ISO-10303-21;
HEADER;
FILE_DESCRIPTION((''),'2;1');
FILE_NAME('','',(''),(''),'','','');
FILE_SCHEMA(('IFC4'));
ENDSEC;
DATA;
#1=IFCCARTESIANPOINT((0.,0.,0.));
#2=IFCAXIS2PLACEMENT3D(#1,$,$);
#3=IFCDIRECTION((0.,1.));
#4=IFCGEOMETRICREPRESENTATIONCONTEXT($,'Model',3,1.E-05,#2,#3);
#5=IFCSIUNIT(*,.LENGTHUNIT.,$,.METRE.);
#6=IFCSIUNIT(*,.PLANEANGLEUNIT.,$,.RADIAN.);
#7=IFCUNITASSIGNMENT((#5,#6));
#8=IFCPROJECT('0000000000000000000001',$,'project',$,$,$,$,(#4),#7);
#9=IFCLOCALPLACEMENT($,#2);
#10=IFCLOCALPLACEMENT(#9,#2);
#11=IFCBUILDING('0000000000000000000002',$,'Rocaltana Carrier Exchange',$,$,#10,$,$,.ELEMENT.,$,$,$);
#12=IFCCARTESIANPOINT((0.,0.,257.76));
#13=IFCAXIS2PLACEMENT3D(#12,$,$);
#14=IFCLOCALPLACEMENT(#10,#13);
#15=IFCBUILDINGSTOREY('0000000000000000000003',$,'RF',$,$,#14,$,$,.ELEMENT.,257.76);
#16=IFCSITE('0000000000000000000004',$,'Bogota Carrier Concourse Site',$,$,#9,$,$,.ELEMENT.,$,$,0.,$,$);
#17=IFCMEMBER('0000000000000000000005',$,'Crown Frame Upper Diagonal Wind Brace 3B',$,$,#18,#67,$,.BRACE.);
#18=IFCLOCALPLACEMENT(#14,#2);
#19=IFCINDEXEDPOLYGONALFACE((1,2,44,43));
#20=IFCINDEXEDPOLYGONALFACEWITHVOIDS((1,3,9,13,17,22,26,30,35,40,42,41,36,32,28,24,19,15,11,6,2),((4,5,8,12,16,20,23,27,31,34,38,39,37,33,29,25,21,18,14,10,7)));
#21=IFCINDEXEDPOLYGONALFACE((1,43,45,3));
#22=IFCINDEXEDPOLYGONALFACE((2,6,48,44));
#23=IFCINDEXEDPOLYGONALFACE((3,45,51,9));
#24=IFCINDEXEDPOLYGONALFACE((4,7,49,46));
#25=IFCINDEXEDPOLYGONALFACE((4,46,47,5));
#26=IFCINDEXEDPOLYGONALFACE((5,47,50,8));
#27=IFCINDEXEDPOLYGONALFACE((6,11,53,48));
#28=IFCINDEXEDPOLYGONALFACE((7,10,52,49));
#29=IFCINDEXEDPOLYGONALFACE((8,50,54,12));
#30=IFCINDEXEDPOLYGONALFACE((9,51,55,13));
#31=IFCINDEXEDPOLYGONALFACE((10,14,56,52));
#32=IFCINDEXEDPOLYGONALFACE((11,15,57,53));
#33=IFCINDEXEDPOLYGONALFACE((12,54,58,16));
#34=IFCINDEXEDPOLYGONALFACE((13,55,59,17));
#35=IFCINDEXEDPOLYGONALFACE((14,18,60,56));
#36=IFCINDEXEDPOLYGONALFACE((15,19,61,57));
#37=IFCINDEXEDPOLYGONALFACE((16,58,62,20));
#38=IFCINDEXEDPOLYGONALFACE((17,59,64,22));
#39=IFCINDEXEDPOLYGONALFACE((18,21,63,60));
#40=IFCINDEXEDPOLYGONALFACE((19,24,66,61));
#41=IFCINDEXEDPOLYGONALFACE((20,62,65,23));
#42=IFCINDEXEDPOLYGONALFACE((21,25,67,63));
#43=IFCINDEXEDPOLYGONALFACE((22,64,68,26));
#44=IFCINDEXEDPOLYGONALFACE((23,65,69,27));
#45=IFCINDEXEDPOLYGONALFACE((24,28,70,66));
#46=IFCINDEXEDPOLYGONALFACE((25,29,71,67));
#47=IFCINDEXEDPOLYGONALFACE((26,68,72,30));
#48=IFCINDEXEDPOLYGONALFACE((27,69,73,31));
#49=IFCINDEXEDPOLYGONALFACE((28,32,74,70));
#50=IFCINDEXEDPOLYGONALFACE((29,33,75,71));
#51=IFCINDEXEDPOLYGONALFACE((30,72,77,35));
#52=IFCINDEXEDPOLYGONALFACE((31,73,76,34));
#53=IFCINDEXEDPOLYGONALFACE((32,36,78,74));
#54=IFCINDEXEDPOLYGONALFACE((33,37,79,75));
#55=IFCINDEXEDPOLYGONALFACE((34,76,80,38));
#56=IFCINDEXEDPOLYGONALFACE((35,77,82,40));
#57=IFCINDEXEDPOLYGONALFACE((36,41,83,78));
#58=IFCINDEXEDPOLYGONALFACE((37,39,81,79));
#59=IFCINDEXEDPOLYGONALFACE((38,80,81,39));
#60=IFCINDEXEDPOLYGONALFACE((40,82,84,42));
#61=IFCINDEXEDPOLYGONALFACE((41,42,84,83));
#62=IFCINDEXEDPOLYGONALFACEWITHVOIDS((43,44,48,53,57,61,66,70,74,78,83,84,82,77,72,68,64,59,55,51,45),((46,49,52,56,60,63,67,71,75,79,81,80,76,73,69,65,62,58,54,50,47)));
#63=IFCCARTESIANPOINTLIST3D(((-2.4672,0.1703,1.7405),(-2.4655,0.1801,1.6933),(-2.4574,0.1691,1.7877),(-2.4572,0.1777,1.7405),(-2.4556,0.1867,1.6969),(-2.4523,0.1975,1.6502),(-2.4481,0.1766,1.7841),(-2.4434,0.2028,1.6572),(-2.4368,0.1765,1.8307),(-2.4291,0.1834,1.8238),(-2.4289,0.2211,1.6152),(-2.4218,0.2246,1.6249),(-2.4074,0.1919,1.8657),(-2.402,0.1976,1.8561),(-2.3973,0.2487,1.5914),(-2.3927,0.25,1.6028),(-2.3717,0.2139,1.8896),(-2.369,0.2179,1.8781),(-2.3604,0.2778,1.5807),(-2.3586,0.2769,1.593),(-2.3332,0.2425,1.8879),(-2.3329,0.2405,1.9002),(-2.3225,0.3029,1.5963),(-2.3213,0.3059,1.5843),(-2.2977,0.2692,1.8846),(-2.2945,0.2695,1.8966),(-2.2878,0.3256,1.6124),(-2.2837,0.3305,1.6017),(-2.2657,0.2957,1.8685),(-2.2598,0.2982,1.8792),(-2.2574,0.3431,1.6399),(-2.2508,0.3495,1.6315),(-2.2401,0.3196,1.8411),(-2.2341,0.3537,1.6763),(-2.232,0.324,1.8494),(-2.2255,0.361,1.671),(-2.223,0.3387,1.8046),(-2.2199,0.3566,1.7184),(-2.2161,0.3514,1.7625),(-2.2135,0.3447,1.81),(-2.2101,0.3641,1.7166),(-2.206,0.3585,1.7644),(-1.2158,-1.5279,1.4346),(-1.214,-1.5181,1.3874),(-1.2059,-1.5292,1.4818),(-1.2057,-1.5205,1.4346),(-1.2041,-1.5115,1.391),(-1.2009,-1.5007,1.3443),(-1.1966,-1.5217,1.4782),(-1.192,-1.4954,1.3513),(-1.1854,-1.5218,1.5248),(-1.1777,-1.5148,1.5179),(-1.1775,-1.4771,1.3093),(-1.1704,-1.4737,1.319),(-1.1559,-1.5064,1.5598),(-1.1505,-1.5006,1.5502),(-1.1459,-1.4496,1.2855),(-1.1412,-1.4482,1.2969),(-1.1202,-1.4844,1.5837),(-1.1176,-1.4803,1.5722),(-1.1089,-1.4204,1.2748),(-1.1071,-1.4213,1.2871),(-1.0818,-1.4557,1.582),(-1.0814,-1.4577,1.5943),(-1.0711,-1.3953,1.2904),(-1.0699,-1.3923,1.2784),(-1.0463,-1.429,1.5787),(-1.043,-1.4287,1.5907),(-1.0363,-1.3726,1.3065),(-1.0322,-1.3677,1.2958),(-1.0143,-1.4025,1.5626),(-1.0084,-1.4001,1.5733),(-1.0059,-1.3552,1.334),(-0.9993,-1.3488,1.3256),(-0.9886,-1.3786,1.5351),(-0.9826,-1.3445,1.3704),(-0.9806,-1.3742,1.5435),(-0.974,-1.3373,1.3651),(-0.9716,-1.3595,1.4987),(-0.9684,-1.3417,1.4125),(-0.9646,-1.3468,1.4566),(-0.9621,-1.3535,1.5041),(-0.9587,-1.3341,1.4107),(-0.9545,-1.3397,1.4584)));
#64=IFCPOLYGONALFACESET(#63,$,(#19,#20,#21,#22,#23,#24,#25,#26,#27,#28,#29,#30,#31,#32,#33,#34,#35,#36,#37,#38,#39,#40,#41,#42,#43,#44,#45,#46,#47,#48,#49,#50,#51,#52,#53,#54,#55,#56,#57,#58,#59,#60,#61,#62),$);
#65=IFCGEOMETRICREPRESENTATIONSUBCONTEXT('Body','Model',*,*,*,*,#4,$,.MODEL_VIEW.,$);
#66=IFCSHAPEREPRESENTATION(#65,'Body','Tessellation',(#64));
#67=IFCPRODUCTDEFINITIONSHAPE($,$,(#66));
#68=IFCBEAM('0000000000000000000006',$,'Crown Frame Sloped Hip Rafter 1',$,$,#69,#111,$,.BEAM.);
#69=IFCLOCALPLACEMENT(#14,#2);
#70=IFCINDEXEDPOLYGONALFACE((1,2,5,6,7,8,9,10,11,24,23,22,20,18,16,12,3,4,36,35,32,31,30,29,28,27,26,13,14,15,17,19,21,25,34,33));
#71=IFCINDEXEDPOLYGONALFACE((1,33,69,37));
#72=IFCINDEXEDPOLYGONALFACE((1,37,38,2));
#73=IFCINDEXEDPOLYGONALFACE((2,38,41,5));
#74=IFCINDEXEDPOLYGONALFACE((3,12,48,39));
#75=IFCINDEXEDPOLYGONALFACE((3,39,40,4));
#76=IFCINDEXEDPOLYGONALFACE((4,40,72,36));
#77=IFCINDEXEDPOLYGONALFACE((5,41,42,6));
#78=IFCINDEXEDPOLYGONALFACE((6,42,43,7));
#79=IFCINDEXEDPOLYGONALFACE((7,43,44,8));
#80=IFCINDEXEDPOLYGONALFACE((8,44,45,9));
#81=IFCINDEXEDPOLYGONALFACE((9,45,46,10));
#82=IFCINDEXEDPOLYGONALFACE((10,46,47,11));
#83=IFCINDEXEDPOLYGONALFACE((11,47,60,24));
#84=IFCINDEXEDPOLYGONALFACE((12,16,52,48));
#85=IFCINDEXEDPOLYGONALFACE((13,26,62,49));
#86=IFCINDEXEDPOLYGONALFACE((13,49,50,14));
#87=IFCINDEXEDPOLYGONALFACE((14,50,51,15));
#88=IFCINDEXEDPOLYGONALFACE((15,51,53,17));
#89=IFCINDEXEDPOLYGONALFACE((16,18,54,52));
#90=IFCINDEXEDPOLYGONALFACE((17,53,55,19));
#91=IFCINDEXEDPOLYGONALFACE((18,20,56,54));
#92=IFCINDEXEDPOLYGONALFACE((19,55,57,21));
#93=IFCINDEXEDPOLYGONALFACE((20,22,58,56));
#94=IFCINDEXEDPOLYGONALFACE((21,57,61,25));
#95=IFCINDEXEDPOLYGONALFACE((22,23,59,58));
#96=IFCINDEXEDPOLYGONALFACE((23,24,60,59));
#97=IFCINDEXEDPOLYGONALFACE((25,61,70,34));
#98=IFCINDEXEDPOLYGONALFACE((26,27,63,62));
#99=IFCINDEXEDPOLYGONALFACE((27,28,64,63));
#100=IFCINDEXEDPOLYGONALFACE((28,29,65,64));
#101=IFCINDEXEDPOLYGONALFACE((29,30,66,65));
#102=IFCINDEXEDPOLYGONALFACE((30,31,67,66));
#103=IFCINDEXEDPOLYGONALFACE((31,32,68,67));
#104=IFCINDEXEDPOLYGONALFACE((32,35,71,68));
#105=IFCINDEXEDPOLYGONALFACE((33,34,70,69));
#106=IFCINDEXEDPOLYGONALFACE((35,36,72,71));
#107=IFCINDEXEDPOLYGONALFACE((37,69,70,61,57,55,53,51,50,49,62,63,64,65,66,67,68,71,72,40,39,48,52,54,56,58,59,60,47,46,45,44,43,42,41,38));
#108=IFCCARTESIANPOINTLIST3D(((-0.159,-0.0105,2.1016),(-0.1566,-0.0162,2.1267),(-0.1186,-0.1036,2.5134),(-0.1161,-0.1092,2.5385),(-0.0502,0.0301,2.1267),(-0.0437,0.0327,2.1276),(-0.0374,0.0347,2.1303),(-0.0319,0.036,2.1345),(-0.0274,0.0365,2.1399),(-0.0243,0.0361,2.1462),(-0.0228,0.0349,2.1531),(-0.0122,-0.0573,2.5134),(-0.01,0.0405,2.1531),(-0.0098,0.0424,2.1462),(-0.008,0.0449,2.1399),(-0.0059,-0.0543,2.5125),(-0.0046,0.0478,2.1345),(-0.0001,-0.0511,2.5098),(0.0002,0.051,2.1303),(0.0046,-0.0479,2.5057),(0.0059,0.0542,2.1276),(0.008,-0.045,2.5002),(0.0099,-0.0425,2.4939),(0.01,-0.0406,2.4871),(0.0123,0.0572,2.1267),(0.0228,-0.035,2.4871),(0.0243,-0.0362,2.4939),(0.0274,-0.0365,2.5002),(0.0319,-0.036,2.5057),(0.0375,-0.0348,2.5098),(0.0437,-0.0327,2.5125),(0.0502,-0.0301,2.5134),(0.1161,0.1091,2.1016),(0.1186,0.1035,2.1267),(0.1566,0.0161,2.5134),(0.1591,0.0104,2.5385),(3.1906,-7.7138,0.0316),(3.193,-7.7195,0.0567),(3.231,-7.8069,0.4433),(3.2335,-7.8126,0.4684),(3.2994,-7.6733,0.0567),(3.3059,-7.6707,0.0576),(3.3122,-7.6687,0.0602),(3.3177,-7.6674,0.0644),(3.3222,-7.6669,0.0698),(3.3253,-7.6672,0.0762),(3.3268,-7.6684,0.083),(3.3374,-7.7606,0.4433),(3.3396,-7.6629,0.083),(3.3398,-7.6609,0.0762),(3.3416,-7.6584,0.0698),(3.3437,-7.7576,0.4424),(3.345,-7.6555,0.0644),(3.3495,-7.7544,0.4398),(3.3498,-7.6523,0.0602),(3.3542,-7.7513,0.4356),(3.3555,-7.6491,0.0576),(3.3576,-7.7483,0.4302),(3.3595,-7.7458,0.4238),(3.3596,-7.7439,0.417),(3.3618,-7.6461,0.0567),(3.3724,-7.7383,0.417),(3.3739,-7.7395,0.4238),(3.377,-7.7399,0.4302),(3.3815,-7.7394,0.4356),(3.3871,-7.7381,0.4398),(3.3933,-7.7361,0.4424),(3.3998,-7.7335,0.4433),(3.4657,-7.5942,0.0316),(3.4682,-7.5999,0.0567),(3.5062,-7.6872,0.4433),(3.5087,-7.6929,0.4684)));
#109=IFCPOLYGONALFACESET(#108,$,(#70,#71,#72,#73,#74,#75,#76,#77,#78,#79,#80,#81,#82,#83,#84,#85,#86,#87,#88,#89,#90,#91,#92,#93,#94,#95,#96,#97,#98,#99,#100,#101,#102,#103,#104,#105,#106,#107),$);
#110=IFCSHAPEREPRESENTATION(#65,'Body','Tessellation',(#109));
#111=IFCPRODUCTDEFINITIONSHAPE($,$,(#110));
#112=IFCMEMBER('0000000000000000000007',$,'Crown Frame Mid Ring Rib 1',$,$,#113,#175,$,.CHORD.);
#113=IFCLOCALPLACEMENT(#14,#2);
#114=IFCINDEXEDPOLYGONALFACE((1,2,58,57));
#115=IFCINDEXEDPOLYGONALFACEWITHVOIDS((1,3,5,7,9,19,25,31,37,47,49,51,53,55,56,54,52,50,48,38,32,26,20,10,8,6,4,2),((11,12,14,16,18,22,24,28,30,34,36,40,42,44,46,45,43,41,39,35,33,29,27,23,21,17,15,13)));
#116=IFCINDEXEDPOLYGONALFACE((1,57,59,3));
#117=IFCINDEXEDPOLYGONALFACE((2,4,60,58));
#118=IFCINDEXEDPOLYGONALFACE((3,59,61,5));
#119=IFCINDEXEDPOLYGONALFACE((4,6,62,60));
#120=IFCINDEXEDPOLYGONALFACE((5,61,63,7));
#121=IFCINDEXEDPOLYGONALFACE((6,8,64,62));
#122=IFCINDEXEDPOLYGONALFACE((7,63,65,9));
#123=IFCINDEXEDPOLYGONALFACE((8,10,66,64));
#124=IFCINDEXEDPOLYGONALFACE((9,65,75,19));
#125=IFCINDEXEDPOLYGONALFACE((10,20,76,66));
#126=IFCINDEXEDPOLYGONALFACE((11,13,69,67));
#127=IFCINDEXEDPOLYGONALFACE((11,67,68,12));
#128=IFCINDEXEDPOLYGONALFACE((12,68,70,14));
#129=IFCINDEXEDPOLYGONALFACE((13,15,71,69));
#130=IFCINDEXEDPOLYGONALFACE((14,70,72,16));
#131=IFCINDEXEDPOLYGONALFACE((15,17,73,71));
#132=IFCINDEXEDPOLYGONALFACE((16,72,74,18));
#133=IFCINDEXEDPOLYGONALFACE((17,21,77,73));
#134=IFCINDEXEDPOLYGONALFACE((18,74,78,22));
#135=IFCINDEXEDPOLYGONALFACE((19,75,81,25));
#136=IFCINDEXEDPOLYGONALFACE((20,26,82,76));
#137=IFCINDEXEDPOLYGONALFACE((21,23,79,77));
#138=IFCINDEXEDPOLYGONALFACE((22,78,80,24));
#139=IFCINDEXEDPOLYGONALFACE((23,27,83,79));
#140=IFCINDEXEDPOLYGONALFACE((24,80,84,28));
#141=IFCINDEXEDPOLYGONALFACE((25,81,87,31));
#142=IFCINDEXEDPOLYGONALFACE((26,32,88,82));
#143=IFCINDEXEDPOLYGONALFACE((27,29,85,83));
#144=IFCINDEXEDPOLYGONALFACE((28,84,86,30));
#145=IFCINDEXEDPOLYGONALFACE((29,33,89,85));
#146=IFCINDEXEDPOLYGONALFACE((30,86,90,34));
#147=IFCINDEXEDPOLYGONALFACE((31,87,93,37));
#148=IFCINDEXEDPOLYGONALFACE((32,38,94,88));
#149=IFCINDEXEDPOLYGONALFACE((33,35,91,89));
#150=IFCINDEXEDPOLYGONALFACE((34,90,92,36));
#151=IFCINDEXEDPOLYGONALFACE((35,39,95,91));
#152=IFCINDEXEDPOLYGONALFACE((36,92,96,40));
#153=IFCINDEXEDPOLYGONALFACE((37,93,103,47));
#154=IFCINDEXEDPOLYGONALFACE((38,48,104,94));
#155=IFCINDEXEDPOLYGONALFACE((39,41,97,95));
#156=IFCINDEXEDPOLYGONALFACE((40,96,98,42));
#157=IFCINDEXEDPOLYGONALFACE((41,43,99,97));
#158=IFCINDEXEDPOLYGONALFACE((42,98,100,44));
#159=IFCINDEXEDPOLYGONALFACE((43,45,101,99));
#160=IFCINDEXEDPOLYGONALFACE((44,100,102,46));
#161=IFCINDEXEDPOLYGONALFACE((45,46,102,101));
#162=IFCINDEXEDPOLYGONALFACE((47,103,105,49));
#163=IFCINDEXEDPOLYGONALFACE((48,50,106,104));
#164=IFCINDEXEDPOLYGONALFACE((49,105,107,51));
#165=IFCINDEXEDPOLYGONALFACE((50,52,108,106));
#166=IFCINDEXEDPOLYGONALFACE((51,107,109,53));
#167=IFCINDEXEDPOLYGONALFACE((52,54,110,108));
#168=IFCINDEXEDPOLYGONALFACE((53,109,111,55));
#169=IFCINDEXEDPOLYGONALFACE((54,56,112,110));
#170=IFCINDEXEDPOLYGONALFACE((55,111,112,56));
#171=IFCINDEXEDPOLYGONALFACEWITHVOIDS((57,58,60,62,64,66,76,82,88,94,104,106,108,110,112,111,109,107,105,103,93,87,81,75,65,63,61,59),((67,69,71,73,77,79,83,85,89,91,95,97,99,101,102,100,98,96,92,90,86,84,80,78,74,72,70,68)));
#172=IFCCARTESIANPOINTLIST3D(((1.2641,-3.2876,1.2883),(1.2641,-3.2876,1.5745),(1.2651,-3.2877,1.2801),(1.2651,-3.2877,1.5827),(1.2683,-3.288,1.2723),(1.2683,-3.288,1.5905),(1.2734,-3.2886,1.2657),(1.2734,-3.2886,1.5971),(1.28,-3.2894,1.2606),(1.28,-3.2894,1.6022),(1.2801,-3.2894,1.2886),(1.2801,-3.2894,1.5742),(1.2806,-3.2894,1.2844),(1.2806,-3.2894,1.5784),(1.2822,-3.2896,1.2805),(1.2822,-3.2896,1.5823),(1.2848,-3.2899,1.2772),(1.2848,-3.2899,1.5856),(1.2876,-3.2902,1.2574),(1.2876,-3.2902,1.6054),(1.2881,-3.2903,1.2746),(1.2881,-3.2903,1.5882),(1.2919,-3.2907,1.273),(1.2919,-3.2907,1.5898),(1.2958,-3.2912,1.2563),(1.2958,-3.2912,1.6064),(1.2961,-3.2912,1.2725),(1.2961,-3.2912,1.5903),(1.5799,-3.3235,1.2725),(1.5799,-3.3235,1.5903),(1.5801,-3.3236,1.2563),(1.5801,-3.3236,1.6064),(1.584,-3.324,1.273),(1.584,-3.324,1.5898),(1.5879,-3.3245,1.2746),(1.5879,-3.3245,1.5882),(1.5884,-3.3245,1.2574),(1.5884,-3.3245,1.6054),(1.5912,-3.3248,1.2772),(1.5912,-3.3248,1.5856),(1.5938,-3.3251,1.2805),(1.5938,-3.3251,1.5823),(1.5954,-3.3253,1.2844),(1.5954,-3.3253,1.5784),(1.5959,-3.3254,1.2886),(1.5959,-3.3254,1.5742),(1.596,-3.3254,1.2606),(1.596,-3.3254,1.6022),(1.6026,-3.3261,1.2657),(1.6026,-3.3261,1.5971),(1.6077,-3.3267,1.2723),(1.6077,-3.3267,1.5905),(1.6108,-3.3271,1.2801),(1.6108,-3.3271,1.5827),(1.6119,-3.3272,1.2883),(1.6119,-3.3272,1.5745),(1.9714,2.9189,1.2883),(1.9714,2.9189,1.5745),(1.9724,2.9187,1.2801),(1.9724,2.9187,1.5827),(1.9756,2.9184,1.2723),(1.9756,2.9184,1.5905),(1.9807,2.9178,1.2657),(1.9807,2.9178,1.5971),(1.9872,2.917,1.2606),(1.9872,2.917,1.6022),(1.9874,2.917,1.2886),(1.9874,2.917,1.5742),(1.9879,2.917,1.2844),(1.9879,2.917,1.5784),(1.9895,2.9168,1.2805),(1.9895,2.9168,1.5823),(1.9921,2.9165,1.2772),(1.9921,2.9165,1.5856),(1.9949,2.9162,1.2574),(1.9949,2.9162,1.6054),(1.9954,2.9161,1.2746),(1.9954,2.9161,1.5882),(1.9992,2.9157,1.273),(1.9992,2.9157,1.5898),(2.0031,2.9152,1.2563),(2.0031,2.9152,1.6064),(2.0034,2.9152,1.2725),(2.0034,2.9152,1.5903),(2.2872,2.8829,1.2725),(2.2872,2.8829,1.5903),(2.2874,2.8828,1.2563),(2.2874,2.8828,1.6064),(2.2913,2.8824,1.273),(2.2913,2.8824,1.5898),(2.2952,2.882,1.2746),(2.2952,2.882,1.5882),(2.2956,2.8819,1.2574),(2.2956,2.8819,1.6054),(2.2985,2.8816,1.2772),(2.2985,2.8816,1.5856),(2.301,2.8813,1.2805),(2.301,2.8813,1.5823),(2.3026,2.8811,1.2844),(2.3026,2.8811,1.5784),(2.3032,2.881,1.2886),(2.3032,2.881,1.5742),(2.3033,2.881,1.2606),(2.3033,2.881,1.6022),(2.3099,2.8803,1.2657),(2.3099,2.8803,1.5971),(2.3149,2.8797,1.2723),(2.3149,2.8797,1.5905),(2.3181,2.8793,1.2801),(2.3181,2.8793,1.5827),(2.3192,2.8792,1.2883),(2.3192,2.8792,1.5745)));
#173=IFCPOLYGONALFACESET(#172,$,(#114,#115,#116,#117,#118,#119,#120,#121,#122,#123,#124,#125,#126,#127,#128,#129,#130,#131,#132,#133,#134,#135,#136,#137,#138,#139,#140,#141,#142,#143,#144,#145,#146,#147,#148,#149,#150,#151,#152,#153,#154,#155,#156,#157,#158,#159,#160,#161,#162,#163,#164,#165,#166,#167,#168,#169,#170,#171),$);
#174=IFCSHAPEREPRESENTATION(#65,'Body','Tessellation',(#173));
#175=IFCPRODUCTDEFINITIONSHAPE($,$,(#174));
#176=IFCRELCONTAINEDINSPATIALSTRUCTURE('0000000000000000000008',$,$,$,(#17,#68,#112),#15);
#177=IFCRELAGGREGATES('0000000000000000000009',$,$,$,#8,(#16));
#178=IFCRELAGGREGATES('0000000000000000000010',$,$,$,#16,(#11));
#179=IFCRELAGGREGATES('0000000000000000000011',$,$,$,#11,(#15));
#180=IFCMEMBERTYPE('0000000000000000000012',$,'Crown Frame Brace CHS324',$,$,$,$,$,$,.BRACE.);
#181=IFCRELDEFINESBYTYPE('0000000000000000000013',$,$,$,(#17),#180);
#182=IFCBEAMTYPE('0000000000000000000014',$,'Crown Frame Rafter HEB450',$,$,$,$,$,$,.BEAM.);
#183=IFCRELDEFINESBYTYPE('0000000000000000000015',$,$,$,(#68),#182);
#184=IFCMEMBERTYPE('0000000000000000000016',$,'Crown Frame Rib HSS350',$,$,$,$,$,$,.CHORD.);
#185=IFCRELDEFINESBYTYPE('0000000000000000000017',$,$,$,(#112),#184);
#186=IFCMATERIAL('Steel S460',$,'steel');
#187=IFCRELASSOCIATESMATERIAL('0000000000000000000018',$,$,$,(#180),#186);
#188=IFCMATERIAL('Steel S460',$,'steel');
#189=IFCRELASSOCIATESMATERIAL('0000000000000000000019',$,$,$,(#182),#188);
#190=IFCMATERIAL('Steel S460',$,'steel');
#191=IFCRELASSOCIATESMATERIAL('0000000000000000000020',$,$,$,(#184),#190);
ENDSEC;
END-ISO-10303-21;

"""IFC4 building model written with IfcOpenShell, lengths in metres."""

from ifc_helpers import new_model, si_unit, direction, frame, origin, origin_2d, place, context, subcontext, project, spatial, hollow_rectangle, hollow_circle, i_section, extrude, material, material_profile, profile_set, type_object, element, save


model = new_model("IFC4")

# Units and contexts
model_context = context("Model", 3, precision=1e-05, world=origin(), true_north=direction((0.0, 1.0)))
body_context = subcontext(model_context, "Body", "Model", "MODEL_VIEW")
ifc_project = project(units=[si_unit("LENGTHUNIT", "METRE"), si_unit("PLANEANGLEUNIT", "RADIAN")], contexts=[model_context])

# Site, building, storey
site_placement = place(None, origin())
site = spatial("IfcSite", under=ifc_project, at=site_placement, Name="Bogota Carrier Concourse Site", CompositionType="ELEMENT", RefElevation=0.0)
building_placement = place(site_placement, origin())
building = spatial("IfcBuilding", under=site, at=building_placement, Name="Rocaltana Carrier Exchange", CompositionType="ELEMENT")
storey_placement = place(building_placement, frame((0.0, 0.0, 257.76)))
storey = spatial("IfcBuildingStorey", under=building, at=storey_placement, Name="RF", CompositionType="ELEMENT", Elevation=257.76)

# Member
ifc_material_1 = material(Name="Steel S460", Category="steel")
ifc_material_profile_1 = material_profile(ifc_material_1, hollow_circle(Radius=0.1619, WallThickness=0.0125, at=origin_2d()), Name="CHS323.9X12.5")
ifc_profile_set_1 = profile_set([ifc_material_profile_1], Name="Steel S460")
member_type_1 = type_object("IfcMemberType", Name="Crown Frame Brace CHS324", PredefinedType="BRACE", material=ifc_profile_set_1)
member_1_placement = place(storey_placement, frame((-1.0854, -1.4319, 1.4346), z_axis=(-0.587098, 0.796694, 0.14351), x_axis=(-0.805027, -0.593239, 0.0)))
element("IfcMember", 1, at=member_1_placement, inside=storey, type_object=member_type_1, Name="Crown Frame Upper Diagonal Wind Brace 3B", PredefinedType="BRACE", context=body_context, shape_type="SweptSolid", body=[
    extrude(hollow_circle(Radius=0.1619, WallThickness=0.0125, at=origin_2d()), origin(), (0.0, 0.0, 1.0), 2.1316),
])

# Beam
ifc_material_2 = material(Name="Steel S460", Category="steel")
ifc_material_profile_2 = material_profile(ifc_material_2, i_section(OverallWidth=0.3, OverallDepth=0.45, WebThickness=0.0139, FlangeThickness=0.0259, FilletRadius=0.0271, at=origin_2d()), Name="HEB450")
ifc_profile_set_2 = profile_set([ifc_material_profile_2], Name="Steel S460")
beam_type_1 = type_object("IfcBeamType", Name="Crown Frame Rafter HEB450", PredefinedType="BEAM", material=ifc_profile_set_2)
beam_1_placement = place(storey_placement, frame((3.3496, -7.7034, 0.25), z_axis=(-0.387175, 0.890417, 0.239275), x_axis=(-0.917056, -0.398758, 0.0)))
element("IfcBeam", 2, at=beam_1_placement, inside=storey, type_object=beam_type_1, Name="Crown Frame Sloped Hip Rafter 1", PredefinedType="BEAM", context=body_context, shape_type="SweptSolid", body=[
    extrude(i_section(OverallWidth=0.3, OverallDepth=0.45, WebThickness=0.0139, FlangeThickness=0.0259, FilletRadius=0.0271, at=origin_2d()), origin(), (0.0, 0.0, 1.0), 8.6514),
])

# Member
ifc_material_3 = material(Name="Steel S460", Category="steel")
ifc_material_profile_3 = material_profile(ifc_material_3, hollow_rectangle(XDim=0.3501, YDim=0.3501, WallThickness=0.0161, InnerFilletRadius=0.0161, OuterFilletRadius=0.032, at=origin_2d()), Name="HSS350X350X16")
ifc_profile_set_3 = profile_set([ifc_material_profile_3], Name="Steel S460")
member_type_2 = type_object("IfcMemberType", Name="Crown Frame Rib HSS350", PredefinedType="CHORD", material=ifc_profile_set_3)
member_2_placement = place(storey_placement, frame((1.438, -3.3074, 1.4314), z_axis=(0.113228, 0.993569, 0.0), x_axis=(-0.993569, 0.113228, 0.0)))
element("IfcMember", 3, at=member_2_placement, inside=storey, type_object=member_type_2, Name="Crown Frame Mid Ring Rib 1", PredefinedType="CHORD", context=body_context, shape_type="SweptSolid", body=[
    extrude(hollow_rectangle(XDim=0.3501, YDim=0.3501, WallThickness=0.0161, InnerFilletRadius=0.0161, OuterFilletRadius=0.032, at=origin_2d()), origin(), (0.0, 0.0, 1.0), 6.2466),
])

save(model, "model.ifc")
